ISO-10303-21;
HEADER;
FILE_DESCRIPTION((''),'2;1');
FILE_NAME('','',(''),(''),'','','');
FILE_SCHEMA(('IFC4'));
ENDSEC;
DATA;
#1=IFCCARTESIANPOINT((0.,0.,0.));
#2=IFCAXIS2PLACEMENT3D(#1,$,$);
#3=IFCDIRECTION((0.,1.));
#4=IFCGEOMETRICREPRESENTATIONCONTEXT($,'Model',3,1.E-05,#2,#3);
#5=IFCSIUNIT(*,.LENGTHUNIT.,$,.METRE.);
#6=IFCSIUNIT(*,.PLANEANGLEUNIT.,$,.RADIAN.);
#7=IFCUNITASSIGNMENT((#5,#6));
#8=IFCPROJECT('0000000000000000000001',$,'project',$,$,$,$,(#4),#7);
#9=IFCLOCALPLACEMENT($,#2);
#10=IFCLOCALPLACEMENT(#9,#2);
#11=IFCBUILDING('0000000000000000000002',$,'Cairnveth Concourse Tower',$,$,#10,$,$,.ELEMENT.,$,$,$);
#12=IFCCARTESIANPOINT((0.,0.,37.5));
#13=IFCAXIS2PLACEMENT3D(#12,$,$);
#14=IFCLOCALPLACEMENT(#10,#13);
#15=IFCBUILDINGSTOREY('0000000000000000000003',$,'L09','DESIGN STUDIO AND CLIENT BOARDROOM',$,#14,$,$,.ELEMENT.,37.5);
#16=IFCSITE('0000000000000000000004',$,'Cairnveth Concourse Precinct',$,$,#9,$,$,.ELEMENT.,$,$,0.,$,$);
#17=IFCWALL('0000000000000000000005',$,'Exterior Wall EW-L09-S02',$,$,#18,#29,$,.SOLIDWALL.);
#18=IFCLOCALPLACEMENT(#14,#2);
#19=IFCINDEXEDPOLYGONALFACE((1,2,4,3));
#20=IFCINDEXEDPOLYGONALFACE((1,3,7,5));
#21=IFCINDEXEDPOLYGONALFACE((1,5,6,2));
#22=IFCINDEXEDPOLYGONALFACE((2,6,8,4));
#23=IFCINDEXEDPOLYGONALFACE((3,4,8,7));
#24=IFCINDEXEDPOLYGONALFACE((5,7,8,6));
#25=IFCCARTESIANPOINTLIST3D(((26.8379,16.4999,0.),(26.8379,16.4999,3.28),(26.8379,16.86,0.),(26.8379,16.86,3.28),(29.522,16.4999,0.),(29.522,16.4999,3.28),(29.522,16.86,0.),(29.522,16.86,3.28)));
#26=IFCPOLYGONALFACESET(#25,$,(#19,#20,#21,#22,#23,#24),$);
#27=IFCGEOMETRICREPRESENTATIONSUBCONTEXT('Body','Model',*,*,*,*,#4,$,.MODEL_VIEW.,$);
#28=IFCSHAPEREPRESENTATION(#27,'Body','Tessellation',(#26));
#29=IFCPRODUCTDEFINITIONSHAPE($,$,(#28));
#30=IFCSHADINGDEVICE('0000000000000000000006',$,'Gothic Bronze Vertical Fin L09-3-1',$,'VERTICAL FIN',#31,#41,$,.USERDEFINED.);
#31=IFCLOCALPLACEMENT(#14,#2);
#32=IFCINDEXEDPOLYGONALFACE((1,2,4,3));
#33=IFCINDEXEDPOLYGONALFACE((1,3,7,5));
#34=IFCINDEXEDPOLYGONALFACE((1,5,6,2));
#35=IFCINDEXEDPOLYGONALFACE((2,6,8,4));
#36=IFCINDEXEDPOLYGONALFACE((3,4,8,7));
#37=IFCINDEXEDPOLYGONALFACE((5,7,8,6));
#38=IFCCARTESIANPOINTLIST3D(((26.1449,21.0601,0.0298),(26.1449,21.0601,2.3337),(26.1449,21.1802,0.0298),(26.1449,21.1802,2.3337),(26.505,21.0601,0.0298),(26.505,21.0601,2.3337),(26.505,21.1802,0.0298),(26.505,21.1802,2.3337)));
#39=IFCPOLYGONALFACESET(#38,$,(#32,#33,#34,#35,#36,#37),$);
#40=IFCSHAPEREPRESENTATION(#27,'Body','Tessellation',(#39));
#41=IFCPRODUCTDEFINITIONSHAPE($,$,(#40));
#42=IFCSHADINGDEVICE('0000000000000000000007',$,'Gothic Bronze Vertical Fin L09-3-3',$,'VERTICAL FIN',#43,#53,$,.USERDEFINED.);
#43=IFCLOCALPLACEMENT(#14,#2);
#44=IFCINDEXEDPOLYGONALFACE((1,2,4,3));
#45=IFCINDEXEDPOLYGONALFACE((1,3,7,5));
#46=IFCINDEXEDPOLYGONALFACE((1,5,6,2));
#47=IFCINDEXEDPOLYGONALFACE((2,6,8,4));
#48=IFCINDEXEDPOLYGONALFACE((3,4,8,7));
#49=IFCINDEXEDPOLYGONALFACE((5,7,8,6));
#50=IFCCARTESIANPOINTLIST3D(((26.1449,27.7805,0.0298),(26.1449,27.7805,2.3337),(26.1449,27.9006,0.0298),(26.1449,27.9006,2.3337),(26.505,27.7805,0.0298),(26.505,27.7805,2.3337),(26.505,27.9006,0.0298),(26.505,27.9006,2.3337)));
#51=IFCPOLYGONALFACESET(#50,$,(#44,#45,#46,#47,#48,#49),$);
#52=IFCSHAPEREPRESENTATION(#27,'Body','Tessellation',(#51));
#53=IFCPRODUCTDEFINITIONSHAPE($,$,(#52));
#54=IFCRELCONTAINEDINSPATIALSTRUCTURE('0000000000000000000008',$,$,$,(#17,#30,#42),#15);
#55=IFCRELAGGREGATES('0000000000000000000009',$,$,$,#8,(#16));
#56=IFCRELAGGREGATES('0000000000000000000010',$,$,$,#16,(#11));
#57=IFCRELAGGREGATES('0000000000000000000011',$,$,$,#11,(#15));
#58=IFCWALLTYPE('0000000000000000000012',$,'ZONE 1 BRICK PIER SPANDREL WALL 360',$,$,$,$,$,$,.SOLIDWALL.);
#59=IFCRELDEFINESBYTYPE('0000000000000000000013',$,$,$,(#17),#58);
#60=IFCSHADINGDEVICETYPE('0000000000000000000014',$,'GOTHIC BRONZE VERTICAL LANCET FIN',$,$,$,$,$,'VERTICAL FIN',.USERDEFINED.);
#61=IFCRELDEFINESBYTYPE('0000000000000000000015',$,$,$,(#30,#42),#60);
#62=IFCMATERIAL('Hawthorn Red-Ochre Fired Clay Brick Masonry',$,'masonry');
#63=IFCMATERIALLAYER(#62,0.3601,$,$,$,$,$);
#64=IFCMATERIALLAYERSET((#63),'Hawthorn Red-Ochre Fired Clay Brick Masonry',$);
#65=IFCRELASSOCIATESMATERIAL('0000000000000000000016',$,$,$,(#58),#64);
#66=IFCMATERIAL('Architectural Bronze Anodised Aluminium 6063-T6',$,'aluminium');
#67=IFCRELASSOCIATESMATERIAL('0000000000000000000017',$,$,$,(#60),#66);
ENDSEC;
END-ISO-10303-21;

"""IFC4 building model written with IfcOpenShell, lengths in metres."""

from ifc_helpers import new_model, si_unit, direction, frame, frame_2d, origin, origin_2d, place, context, subcontext, project, spatial, rectangle, extrude, material, layer, layer_set, type_object, element, save


model = new_model("IFC4")

# Units and contexts
model_context = context("Model", 3, precision=1e-05, world=origin(), true_north=direction((0.0, 1.0)))
body_context = subcontext(model_context, "Body", "Model", "MODEL_VIEW")
ifc_project = project(units=[si_unit("LENGTHUNIT", "METRE"), si_unit("PLANEANGLEUNIT", "RADIAN")], contexts=[model_context])

# Site, building, storey
site_placement = place(None, origin())
site = spatial("IfcSite", under=ifc_project, at=site_placement, Name="Cairnveth Concourse Precinct", CompositionType="ELEMENT", RefElevation=0.0)
building_placement = place(site_placement, origin())
building = spatial("IfcBuilding", under=site, at=building_placement, Name="Cairnveth Concourse Tower", CompositionType="ELEMENT")
storey_placement = place(building_placement, frame((0.0, 0.0, 37.5)))
storey = spatial("IfcBuildingStorey", under=building, at=storey_placement, Name="L09", Description="DESIGN STUDIO AND CLIENT BOARDROOM", CompositionType="ELEMENT", Elevation=37.5)

# Wall
ifc_material_1 = material(Name="Hawthorn Red-Ochre Fired Clay Brick Masonry", Category="masonry")
ifc_layer_1 = layer(ifc_material_1, 0.3601)
ifc_layer_set_1 = layer_set([ifc_layer_1], Name="Hawthorn Red-Ochre Fired Clay Brick Masonry")
wall_type = type_object("IfcWallType", Name="ZONE 1 BRICK PIER SPANDREL WALL 360", PredefinedType="SOLIDWALL", material=ifc_layer_set_1)
wall_placement = place(storey_placement, frame((29.522, 16.6799, 0.0), z_axis=(0.0, 0.0, 1.0), x_axis=(-1.0, 0.0, 0.0)))
element("IfcWall", 1, at=wall_placement, inside=storey, type_object=wall_type, Name="Exterior Wall EW-L09-S02", PredefinedType="SOLIDWALL", context=body_context, shape_type="SweptSolid", body=[
    extrude(rectangle(XDim=2.6841, YDim=0.3601, at=frame_2d((1.342, 0.0))), origin(), (0.0, 0.0, 1.0), 3.28),
])

# Shading devices
ifc_material_2 = material(Name="Architectural Bronze Anodised Aluminium 6063-T6", Category="aluminium")
shading_device_type = type_object("IfcShadingDeviceType", Name="GOTHIC BRONZE VERTICAL LANCET FIN", ElementType="VERTICAL FIN", PredefinedType="USERDEFINED", material=ifc_material_2)
for number, where, z_axis, x_axis, name in (
    (2, (26.325, 21.1201, 0.0298), (0.0, 0.0, 1.0), (0.0, 1.0, 0.0), "Gothic Bronze Vertical Fin L09-3-1"),
    (3, (26.325, 27.8406, 0.0298), (0.0, 0.0, 1.0), (0.0, 1.0, 0.0), "Gothic Bronze Vertical Fin L09-3-3"),
):
    element("IfcShadingDevice", number, at=place(storey_placement, frame(where, z_axis=z_axis, x_axis=x_axis)), inside=storey, type_object=shading_device_type, Name=name, ObjectType="VERTICAL FIN", PredefinedType="USERDEFINED", context=body_context, shape_type="SweptSolid", body=[
        extrude(rectangle(XDim=0.1201, YDim=0.3601, at=origin_2d()), origin(), (0.0, 0.0, 1.0), 2.304),
    ])

save(model, "model.ifc")
